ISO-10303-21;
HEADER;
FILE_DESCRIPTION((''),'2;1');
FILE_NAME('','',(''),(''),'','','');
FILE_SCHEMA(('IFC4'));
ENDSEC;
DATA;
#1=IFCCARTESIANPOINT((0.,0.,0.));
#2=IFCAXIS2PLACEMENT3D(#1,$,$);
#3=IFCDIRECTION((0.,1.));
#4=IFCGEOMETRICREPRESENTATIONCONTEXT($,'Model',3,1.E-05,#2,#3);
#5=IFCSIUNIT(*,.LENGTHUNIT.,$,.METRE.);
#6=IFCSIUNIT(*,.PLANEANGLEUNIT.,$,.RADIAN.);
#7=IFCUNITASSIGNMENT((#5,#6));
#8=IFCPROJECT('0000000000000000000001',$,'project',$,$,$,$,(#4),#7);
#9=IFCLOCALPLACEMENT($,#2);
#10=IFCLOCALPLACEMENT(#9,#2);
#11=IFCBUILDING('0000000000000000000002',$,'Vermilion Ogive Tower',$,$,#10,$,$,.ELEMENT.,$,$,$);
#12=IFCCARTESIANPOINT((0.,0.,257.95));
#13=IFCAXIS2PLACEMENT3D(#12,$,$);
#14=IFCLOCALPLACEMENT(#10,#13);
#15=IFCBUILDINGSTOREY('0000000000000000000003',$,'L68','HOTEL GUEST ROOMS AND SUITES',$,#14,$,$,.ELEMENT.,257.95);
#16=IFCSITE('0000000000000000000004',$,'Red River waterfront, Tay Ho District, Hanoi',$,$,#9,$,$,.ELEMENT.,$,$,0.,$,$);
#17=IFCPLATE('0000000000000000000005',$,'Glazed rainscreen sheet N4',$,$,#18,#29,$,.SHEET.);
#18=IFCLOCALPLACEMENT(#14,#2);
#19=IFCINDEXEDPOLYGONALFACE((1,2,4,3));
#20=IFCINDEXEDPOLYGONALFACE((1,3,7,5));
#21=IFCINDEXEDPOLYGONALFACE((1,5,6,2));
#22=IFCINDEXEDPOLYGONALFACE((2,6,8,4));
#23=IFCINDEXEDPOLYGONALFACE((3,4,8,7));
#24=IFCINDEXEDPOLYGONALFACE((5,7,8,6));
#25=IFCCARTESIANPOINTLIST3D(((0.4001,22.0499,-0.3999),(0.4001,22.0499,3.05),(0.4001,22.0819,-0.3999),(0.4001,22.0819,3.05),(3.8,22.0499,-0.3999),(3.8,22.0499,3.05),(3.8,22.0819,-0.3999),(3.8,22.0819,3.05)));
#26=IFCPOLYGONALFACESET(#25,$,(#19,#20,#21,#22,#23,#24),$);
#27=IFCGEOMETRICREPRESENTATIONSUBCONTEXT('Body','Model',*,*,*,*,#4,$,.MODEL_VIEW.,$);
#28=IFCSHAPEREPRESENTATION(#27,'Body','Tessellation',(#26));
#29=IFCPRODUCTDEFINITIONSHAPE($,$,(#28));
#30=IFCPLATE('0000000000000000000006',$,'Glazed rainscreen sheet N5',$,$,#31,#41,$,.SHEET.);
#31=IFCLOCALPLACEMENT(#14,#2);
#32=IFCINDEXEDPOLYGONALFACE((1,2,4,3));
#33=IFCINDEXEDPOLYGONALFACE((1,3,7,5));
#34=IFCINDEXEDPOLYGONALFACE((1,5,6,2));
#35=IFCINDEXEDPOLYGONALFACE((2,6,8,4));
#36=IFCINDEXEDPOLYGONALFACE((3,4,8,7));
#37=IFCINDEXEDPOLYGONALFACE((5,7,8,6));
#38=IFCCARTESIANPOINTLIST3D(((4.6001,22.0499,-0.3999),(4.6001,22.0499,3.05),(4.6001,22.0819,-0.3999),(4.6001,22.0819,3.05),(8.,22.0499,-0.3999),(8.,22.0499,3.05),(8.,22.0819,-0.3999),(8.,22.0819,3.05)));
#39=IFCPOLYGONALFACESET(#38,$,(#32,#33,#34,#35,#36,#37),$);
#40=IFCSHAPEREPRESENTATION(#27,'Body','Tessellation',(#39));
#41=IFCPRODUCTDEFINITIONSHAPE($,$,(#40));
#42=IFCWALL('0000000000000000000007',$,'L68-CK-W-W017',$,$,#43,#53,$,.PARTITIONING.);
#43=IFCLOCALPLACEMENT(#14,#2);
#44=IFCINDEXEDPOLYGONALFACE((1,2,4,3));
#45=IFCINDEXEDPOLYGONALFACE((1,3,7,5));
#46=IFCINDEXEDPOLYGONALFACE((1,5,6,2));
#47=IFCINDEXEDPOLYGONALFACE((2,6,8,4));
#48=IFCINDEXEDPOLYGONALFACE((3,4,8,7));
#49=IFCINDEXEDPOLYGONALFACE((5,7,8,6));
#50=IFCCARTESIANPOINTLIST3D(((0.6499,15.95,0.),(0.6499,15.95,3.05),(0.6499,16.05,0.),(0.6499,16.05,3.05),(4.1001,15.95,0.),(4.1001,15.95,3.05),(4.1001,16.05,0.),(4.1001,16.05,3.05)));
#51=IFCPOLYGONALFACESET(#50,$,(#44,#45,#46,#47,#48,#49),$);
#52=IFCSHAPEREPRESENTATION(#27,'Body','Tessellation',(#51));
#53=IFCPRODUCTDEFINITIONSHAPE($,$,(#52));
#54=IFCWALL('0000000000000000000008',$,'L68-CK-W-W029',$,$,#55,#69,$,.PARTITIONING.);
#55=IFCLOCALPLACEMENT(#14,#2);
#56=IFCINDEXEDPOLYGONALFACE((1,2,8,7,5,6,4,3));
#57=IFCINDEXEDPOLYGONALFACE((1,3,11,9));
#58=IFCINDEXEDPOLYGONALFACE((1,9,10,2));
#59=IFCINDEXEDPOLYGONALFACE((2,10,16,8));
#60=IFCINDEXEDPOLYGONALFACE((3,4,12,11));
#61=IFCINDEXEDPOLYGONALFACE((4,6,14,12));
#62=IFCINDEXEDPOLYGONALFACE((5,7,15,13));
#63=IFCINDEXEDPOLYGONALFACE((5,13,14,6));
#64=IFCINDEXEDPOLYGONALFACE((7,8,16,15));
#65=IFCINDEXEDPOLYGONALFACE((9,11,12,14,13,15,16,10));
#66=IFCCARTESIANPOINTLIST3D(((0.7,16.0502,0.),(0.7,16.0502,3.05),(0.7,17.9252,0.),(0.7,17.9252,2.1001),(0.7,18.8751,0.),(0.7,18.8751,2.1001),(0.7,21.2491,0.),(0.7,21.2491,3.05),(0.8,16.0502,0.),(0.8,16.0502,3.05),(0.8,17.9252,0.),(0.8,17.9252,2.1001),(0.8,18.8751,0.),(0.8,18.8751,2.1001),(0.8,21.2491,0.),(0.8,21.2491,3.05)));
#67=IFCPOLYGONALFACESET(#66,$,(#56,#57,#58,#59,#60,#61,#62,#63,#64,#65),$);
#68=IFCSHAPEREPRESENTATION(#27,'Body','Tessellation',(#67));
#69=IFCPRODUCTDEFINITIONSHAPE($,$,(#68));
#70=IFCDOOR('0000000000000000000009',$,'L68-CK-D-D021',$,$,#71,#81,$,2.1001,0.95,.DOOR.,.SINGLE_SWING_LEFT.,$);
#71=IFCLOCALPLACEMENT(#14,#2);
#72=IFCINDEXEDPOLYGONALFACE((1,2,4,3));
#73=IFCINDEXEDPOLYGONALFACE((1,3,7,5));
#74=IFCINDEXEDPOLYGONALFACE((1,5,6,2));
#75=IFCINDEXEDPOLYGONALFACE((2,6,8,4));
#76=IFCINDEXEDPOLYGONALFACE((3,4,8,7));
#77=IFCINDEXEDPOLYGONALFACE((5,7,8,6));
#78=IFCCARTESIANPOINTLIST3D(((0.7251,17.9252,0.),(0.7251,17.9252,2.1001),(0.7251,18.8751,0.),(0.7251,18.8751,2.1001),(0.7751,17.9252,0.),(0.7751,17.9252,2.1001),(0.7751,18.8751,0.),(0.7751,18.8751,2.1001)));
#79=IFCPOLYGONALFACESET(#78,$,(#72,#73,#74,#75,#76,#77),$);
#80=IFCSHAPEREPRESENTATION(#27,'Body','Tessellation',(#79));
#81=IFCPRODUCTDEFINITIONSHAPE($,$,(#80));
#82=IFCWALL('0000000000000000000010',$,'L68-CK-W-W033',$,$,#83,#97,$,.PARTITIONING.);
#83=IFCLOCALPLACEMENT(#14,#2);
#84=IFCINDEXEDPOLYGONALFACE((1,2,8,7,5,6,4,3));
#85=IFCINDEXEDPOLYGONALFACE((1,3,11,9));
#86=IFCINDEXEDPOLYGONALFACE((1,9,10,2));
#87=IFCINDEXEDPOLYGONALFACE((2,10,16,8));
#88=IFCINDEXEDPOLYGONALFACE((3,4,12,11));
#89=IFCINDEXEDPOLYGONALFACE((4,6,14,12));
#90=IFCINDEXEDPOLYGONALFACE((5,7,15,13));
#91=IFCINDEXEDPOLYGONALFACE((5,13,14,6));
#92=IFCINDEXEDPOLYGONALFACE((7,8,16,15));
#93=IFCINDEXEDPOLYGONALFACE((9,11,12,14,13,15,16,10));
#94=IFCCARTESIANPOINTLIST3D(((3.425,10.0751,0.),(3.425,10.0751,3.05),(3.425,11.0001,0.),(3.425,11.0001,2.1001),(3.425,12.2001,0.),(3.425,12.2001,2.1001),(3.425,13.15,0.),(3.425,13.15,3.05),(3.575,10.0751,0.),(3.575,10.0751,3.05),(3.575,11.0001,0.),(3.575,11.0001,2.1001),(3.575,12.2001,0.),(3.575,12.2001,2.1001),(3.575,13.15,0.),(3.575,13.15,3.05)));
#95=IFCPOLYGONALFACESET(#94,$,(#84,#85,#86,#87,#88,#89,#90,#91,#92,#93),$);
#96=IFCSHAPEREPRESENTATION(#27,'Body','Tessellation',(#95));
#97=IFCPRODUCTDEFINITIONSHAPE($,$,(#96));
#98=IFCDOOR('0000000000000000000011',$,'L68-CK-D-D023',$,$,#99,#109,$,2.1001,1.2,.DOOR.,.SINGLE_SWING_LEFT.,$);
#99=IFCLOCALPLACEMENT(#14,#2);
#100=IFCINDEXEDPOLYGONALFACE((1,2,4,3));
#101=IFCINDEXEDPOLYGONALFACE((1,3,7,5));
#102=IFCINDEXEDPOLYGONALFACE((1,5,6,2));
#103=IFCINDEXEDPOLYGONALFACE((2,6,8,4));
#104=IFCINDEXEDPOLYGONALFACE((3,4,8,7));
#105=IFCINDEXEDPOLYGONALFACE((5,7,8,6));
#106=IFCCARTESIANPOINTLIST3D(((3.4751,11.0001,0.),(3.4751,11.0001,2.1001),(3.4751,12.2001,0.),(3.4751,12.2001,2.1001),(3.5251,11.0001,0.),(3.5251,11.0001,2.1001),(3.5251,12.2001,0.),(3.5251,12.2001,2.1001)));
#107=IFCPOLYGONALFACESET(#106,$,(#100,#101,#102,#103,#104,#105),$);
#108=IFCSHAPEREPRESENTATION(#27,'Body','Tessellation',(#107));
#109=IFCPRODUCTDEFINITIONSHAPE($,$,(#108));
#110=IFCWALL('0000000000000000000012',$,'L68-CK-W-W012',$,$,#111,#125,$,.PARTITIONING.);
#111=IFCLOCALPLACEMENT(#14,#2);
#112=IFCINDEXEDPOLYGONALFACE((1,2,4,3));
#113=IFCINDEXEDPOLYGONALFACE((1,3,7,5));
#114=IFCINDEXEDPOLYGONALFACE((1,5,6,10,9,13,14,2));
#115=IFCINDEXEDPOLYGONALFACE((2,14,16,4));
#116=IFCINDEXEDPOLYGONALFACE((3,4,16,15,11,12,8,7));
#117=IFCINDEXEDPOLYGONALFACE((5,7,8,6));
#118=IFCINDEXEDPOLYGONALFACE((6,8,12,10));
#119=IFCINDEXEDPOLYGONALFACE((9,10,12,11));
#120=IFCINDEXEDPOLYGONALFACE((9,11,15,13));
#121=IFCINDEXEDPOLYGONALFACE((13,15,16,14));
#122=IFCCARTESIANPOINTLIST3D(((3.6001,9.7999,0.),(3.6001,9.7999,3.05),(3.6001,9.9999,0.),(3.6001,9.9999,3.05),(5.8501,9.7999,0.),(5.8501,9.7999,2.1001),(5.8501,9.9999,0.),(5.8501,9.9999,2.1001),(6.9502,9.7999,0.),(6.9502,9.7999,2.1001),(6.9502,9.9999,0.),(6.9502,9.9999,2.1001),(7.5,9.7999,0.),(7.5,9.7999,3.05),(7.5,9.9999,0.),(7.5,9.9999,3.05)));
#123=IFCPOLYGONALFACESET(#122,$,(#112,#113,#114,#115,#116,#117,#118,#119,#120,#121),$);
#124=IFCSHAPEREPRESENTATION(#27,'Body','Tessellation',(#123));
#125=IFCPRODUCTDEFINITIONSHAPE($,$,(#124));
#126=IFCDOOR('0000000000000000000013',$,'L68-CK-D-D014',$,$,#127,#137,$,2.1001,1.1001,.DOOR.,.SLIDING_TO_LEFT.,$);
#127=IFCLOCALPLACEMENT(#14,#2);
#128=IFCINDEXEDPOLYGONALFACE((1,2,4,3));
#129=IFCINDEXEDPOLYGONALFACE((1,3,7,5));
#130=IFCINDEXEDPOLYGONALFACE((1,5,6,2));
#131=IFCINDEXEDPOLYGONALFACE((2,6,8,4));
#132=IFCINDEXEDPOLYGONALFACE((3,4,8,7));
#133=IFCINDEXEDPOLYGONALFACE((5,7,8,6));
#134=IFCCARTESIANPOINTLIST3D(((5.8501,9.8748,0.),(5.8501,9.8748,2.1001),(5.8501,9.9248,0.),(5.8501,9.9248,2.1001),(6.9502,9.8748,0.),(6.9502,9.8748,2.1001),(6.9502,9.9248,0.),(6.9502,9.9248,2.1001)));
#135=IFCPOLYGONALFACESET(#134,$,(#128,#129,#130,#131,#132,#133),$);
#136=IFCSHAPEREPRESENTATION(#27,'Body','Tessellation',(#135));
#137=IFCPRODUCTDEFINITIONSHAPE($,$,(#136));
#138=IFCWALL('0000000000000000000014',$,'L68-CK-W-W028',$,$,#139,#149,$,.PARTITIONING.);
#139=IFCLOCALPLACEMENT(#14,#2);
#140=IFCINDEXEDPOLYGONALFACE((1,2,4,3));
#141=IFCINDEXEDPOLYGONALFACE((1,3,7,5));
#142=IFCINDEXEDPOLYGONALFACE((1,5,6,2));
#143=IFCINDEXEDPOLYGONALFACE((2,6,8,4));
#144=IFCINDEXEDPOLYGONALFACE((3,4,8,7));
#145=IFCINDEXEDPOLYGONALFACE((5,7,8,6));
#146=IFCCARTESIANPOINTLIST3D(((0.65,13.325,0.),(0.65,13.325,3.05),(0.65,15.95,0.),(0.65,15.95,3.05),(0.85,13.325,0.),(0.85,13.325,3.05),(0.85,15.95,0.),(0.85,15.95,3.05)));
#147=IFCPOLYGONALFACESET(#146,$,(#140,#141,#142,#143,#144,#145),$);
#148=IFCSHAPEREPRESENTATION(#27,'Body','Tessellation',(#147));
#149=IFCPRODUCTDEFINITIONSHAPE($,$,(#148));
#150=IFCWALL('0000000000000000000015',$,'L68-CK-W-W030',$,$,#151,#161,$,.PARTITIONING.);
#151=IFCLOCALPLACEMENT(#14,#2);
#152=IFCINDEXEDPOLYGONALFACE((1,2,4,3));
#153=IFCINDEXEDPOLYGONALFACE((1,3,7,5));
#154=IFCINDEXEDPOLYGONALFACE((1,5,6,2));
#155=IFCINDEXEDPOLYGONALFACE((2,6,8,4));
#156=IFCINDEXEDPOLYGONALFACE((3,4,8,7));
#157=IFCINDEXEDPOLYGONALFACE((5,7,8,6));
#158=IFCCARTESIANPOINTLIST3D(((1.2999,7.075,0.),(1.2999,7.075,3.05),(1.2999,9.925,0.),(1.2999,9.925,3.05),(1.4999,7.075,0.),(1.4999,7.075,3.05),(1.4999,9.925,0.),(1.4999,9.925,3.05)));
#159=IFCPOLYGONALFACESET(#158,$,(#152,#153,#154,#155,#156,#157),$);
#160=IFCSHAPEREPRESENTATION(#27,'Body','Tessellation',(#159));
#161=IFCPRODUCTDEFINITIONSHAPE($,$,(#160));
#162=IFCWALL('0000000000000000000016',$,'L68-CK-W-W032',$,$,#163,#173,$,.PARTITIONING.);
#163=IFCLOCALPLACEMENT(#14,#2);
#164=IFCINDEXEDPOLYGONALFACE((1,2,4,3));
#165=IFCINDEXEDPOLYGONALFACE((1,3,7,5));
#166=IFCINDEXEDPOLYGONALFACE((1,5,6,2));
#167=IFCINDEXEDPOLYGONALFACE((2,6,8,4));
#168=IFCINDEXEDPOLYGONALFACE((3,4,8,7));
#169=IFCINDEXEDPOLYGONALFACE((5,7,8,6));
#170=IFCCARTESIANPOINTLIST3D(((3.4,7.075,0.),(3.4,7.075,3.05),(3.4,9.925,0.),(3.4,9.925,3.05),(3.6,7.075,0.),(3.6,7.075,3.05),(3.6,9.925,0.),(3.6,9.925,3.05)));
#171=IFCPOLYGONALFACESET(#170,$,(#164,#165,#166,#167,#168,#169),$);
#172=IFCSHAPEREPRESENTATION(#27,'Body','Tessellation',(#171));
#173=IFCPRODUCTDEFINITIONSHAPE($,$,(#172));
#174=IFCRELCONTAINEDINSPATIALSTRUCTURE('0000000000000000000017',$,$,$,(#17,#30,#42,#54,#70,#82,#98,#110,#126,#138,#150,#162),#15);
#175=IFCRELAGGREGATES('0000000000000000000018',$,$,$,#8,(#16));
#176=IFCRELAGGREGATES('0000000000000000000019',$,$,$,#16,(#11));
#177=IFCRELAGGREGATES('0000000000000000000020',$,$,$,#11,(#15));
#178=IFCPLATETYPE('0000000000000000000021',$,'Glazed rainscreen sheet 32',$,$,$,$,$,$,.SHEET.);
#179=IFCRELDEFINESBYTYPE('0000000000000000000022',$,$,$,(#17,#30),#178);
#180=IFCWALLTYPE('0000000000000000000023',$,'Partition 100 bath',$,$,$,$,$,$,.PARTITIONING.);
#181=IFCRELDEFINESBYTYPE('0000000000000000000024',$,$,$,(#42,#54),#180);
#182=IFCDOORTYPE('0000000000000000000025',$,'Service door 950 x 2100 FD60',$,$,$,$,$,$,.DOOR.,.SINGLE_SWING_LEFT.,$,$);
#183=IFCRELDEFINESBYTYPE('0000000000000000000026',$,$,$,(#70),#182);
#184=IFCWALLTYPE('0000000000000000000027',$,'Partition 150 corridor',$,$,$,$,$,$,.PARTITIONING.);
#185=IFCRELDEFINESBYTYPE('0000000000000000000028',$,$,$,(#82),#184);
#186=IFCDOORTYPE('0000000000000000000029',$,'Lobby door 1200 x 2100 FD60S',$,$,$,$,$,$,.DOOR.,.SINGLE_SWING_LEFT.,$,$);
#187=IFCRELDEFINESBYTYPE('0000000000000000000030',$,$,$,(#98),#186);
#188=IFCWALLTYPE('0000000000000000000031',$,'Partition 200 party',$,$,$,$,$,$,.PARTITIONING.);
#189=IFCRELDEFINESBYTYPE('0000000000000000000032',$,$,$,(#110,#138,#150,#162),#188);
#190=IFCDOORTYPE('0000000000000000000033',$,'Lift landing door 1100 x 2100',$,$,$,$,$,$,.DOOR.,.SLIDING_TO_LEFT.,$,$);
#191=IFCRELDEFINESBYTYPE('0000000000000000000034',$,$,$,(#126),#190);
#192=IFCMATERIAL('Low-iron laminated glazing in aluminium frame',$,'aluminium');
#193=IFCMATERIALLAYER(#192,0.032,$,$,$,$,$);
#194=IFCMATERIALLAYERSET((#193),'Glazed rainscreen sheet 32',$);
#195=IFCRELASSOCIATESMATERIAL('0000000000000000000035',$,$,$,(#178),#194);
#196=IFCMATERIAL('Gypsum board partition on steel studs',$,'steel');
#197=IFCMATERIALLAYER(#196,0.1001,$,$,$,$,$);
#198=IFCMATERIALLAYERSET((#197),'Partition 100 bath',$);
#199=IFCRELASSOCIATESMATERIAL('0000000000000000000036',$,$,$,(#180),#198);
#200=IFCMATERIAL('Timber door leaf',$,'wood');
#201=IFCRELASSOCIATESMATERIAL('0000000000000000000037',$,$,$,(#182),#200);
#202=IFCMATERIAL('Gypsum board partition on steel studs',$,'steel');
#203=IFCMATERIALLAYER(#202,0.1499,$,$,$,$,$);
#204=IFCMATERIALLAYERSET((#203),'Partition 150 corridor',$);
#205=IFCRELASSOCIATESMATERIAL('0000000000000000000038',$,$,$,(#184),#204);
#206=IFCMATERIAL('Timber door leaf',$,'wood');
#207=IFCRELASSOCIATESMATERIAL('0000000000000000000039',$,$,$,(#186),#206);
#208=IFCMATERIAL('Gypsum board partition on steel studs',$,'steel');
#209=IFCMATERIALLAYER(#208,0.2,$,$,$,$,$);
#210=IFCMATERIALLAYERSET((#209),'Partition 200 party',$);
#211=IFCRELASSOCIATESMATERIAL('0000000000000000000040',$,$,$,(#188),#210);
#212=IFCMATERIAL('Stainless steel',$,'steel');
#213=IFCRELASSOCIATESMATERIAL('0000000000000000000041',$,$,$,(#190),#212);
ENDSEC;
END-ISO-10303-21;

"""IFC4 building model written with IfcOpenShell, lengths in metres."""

from ifc_helpers import new_model, si_unit, direction, frame, frame_2d, origin, origin_2d, place, context, subcontext, project, spatial, rectangle, extrude, material, layer, layer_set, type_object, element, fill, save


model = new_model("IFC4")

# Units and contexts
model_context = context("Model", 3, precision=1e-05, world=origin(), true_north=direction((0.0, 1.0)))
body_context = subcontext(model_context, "Body", "Model", "MODEL_VIEW")
ifc_project = project(units=[si_unit("LENGTHUNIT", "METRE"), si_unit("PLANEANGLEUNIT", "RADIAN")], contexts=[model_context])

# Site, building, storey
site_placement = place(None, origin())
site = spatial("IfcSite", under=ifc_project, at=site_placement, Name="Red River waterfront, Tay Ho District, Hanoi", CompositionType="ELEMENT", RefElevation=0.0)
building_placement = place(site_placement, origin())
building = spatial("IfcBuilding", under=site, at=building_placement, Name="Vermilion Ogive Tower", CompositionType="ELEMENT")
storey_placement = place(building_placement, frame((0.0, 0.0, 257.95)))
storey = spatial("IfcBuildingStorey", under=building, at=storey_placement, Name="L68", Description="HOTEL GUEST ROOMS AND SUITES", CompositionType="ELEMENT", Elevation=257.95)

# Plates
ifc_material_1 = material(Name="Low-iron laminated glazing in aluminium frame", Category="aluminium")
ifc_layer_1 = layer(ifc_material_1, 0.032)
ifc_layer_set_1 = layer_set([ifc_layer_1], Name="Glazed rainscreen sheet 32")
plate_type = type_object("IfcPlateType", Name="Glazed rainscreen sheet 32", PredefinedType="SHEET", material=ifc_layer_set_1)
for number, where, z_axis, x_axis, name in (
    (1, (2.1001, 22.0659, -0.3999), (0.0, 0.0, 1.0), (1.0, 0.0, 0.0), "Glazed rainscreen sheet N4"),
    (2, (6.3, 22.0659, -0.3999), (0.0, 0.0, 1.0), (1.0, 0.0, 0.0), "Glazed rainscreen sheet N5"),
):
    element("IfcPlate", number, at=place(storey_placement, frame(where, z_axis=z_axis, x_axis=x_axis)), inside=storey, type_object=plate_type, Name=name, PredefinedType="SHEET", context=body_context, shape_type="SweptSolid", body=[
        extrude(rectangle(XDim=3.3999, YDim=0.032, at=origin_2d()), origin(), (0.0, 0.0, 1.0), 3.45),
    ])

# Wall
ifc_material_2 = material(Name="Gypsum board partition on steel studs", Category="steel")
ifc_layer_2 = layer(ifc_material_2, 0.1001)
ifc_layer_set_2 = layer_set([ifc_layer_2], Name="Partition 100 bath")
wall_type_1 = type_object("IfcWallType", Name="Partition 100 bath", PredefinedType="PARTITIONING", material=ifc_layer_set_2)
wall_1_placement = place(storey_placement, frame((0.6499, 16.0, 0.0), z_axis=(0.0, 0.0, 1.0), x_axis=(1.0, 0.0, 0.0)))
element("IfcWall", 3, at=wall_1_placement, inside=storey, type_object=wall_type_1, Name="L68-CK-W-W017", PredefinedType="PARTITIONING", context=body_context, shape_type="SweptSolid", body=[
    extrude(rectangle(XDim=3.4502, YDim=0.1001, at=frame_2d((1.7251, 0.0))), origin(), (0.0, 0.0, 1.0), 3.05),
])

# Walls, openings, doors
wall_2_placement = place(storey_placement, frame((0.75, 16.05, 0.0), z_axis=(0.0, 0.0, 1.0), x_axis=(0.0, 1.0, 0.0)))
wall_2 = element("IfcWall", 4, at=wall_2_placement, inside=storey, type_object=wall_type_1, Name="L68-CK-W-W029", PredefinedType="PARTITIONING", context=body_context, shape_type="SweptSolid", body=[
    extrude(rectangle(XDim=5.199, YDim=0.1001, at=frame_2d((2.5996, 0.0))), origin(), (0.0, 0.0, 1.0), 3.05),
])
opening_1_placement = place(wall_2_placement, frame((1.875, 0.0, 0.0)))
opening_1 = element("IfcOpeningElement", 5, at=opening_1_placement, cuts=wall_2, PredefinedType="OPENING", context=body_context, shape_type="SweptSolid", body=[
    extrude(rectangle(XDim=0.95, YDim=2.1001, at=frame_2d((0.4751, 1.05))), frame((0.0, 0.0601, 0.0), z_axis=(0.0, -1.0, 0.0), x_axis=(1.0, 0.0, 0.0)), (0.0, 0.0, 1.0), 0.1201),
])
ifc_material_3 = material(Name="Timber door leaf", Category="wood")
door_type_1 = type_object("IfcDoorType", Name="Service door 950 x 2100 FD60", OperationType="SINGLE_SWING_LEFT", PredefinedType="DOOR", material=ifc_material_3)
door_1_placement = place(opening_1_placement, origin())
door_1 = element("IfcDoor", 6, at=door_1_placement, inside=storey, type_object=door_type_1, Name="L68-CK-D-D021", OperationType="SINGLE_SWING_LEFT", OverallHeight=2.1001, OverallWidth=0.95, PredefinedType="DOOR", context=body_context, shape_type="SweptSolid", body=[
    extrude(rectangle(XDim=0.95, YDim=2.1001, at=frame_2d((0.4751, 1.05))), frame((0.0, 0.0249, 0.0), z_axis=(0.0, -1.0, 0.0), x_axis=(1.0, 0.0, 0.0)), (0.0, 0.0, 1.0), 0.05),
])
fill(opening_1, door_1)
ifc_material_4 = material(Name="Gypsum board partition on steel studs", Category="steel")
ifc_layer_3 = layer(ifc_material_4, 0.1499)
ifc_layer_set_3 = layer_set([ifc_layer_3], Name="Partition 150 corridor")
wall_type_2 = type_object("IfcWallType", Name="Partition 150 corridor", PredefinedType="PARTITIONING", material=ifc_layer_set_3)
wall_3_placement = place(storey_placement, frame((3.5, 10.075, 0.0), z_axis=(0.0, 0.0, 1.0), x_axis=(0.0, 1.0, 0.0)))
wall_3 = element("IfcWall", 7, at=wall_3_placement, inside=storey, type_object=wall_type_2, Name="L68-CK-W-W033", PredefinedType="PARTITIONING", context=body_context, shape_type="SweptSolid", body=[
    extrude(rectangle(XDim=3.075, YDim=0.1499, at=frame_2d((1.5376, 0.0))), origin(), (0.0, 0.0, 1.0), 3.05),
])
opening_2_placement = place(wall_3_placement, frame((0.925, 0.0, 0.0)))
opening_2 = element("IfcOpeningElement", 8, at=opening_2_placement, cuts=wall_3, PredefinedType="OPENING", context=body_context, shape_type="SweptSolid", body=[
    extrude(rectangle(XDim=1.2, YDim=2.1001, at=frame_2d((0.6001, 1.05))), frame((0.0, 0.085, 0.0), z_axis=(0.0, -1.0, 0.0), x_axis=(1.0, 0.0, 0.0)), (0.0, 0.0, 1.0), 0.1699),
])
ifc_material_5 = material(Name="Timber door leaf", Category="wood")
door_type_2 = type_object("IfcDoorType", Name="Lobby door 1200 x 2100 FD60S", OperationType="SINGLE_SWING_LEFT", PredefinedType="DOOR", material=ifc_material_5)
door_2_placement = place(opening_2_placement, origin())
door_2 = element("IfcDoor", 9, at=door_2_placement, inside=storey, type_object=door_type_2, Name="L68-CK-D-D023", OperationType="SINGLE_SWING_LEFT", OverallHeight=2.1001, OverallWidth=1.2, PredefinedType="DOOR", context=body_context, shape_type="SweptSolid", body=[
    extrude(rectangle(XDim=1.2, YDim=2.1001, at=frame_2d((0.6001, 1.05))), frame((0.0, 0.0249, 0.0), z_axis=(0.0, -1.0, 0.0), x_axis=(1.0, 0.0, 0.0)), (0.0, 0.0, 1.0), 0.05),
])
fill(opening_2, door_2)
ifc_material_6 = material(Name="Gypsum board partition on steel studs", Category="steel")
ifc_layer_4 = layer(ifc_material_6, 0.2)
ifc_layer_set_4 = layer_set([ifc_layer_4], Name="Partition 200 party")
wall_type_3 = type_object("IfcWallType", Name="Partition 200 party", PredefinedType="PARTITIONING", material=ifc_layer_set_4)
wall_4_placement = place(storey_placement, frame((3.6001, 9.8999, 0.0), z_axis=(0.0, 0.0, 1.0), x_axis=(1.0, 0.0, 0.0)))
wall_4 = element("IfcWall", 10, at=wall_4_placement, inside=storey, type_object=wall_type_3, Name="L68-CK-W-W012", PredefinedType="PARTITIONING", context=body_context, shape_type="SweptSolid", body=[
    extrude(rectangle(XDim=3.8999, YDim=0.2, at=frame_2d((1.95, 0.0))), origin(), (0.0, 0.0, 1.0), 3.05),
])
opening_3_placement = place(wall_4_placement, frame((2.25, 0.0, 0.0)))
opening_3 = element("IfcOpeningElement", 11, at=opening_3_placement, cuts=wall_4, PredefinedType="OPENING", context=body_context, shape_type="SweptSolid", body=[
    extrude(rectangle(XDim=1.1001, YDim=2.1001, at=frame_2d((0.55, 1.05))), frame((0.0, 0.1099, 0.0), z_axis=(0.0, -1.0, 0.0), x_axis=(1.0, 0.0, 0.0)), (0.0, 0.0, 1.0), 0.22),
])
ifc_material_7 = material(Name="Stainless steel", Category="steel")
door_type_3 = type_object("IfcDoorType", Name="Lift landing door 1100 x 2100", OperationType="SLIDING_TO_LEFT", PredefinedType="DOOR", material=ifc_material_7)
door_3_placement = place(opening_3_placement, origin())
door_3 = element("IfcDoor", 12, at=door_3_placement, inside=storey, type_object=door_type_3, Name="L68-CK-D-D014", OperationType="SLIDING_TO_LEFT", OverallHeight=2.1001, OverallWidth=1.1001, PredefinedType="DOOR", context=body_context, shape_type="SweptSolid", body=[
    extrude(rectangle(XDim=1.1001, YDim=2.1001, at=frame_2d((0.55, 1.05))), frame((0.0, 0.0249, 0.0), z_axis=(0.0, -1.0, 0.0), x_axis=(1.0, 0.0, 0.0)), (0.0, 0.0, 1.0), 0.05),
])
fill(opening_3, door_3)

# Walls
wall_5_placement = place(storey_placement, frame((0.75, 13.325, 0.0), z_axis=(0.0, 0.0, 1.0), x_axis=(0.0, 1.0, 0.0)))
element("IfcWall", 13, at=wall_5_placement, inside=storey, type_object=wall_type_3, Name="L68-CK-W-W028", PredefinedType="PARTITIONING", context=body_context, shape_type="SweptSolid", body=[
    extrude(rectangle(XDim=2.625, YDim=0.2, at=frame_2d((1.3125, 0.0))), origin(), (0.0, 0.0, 1.0), 3.05),
])
for number, where, z_axis, x_axis, name in (
    (14, (1.3999, 7.075, 0.0), (0.0, 0.0, 1.0), (0.0, 1.0, 0.0), "L68-CK-W-W030"),
    (15, (3.5, 7.075, 0.0), (0.0, 0.0, 1.0), (0.0, 1.0, 0.0), "L68-CK-W-W032"),
):
    element("IfcWall", number, at=place(storey_placement, frame(where, z_axis=z_axis, x_axis=x_axis)), inside=storey, type_object=wall_type_3, Name=name, PredefinedType="PARTITIONING", context=body_context, shape_type="SweptSolid", body=[
        extrude(rectangle(XDim=2.8501, YDim=0.2, at=frame_2d((1.425, 0.0))), origin(), (0.0, 0.0, 1.0), 3.05),
    ])

save(model, "model.ifc")
